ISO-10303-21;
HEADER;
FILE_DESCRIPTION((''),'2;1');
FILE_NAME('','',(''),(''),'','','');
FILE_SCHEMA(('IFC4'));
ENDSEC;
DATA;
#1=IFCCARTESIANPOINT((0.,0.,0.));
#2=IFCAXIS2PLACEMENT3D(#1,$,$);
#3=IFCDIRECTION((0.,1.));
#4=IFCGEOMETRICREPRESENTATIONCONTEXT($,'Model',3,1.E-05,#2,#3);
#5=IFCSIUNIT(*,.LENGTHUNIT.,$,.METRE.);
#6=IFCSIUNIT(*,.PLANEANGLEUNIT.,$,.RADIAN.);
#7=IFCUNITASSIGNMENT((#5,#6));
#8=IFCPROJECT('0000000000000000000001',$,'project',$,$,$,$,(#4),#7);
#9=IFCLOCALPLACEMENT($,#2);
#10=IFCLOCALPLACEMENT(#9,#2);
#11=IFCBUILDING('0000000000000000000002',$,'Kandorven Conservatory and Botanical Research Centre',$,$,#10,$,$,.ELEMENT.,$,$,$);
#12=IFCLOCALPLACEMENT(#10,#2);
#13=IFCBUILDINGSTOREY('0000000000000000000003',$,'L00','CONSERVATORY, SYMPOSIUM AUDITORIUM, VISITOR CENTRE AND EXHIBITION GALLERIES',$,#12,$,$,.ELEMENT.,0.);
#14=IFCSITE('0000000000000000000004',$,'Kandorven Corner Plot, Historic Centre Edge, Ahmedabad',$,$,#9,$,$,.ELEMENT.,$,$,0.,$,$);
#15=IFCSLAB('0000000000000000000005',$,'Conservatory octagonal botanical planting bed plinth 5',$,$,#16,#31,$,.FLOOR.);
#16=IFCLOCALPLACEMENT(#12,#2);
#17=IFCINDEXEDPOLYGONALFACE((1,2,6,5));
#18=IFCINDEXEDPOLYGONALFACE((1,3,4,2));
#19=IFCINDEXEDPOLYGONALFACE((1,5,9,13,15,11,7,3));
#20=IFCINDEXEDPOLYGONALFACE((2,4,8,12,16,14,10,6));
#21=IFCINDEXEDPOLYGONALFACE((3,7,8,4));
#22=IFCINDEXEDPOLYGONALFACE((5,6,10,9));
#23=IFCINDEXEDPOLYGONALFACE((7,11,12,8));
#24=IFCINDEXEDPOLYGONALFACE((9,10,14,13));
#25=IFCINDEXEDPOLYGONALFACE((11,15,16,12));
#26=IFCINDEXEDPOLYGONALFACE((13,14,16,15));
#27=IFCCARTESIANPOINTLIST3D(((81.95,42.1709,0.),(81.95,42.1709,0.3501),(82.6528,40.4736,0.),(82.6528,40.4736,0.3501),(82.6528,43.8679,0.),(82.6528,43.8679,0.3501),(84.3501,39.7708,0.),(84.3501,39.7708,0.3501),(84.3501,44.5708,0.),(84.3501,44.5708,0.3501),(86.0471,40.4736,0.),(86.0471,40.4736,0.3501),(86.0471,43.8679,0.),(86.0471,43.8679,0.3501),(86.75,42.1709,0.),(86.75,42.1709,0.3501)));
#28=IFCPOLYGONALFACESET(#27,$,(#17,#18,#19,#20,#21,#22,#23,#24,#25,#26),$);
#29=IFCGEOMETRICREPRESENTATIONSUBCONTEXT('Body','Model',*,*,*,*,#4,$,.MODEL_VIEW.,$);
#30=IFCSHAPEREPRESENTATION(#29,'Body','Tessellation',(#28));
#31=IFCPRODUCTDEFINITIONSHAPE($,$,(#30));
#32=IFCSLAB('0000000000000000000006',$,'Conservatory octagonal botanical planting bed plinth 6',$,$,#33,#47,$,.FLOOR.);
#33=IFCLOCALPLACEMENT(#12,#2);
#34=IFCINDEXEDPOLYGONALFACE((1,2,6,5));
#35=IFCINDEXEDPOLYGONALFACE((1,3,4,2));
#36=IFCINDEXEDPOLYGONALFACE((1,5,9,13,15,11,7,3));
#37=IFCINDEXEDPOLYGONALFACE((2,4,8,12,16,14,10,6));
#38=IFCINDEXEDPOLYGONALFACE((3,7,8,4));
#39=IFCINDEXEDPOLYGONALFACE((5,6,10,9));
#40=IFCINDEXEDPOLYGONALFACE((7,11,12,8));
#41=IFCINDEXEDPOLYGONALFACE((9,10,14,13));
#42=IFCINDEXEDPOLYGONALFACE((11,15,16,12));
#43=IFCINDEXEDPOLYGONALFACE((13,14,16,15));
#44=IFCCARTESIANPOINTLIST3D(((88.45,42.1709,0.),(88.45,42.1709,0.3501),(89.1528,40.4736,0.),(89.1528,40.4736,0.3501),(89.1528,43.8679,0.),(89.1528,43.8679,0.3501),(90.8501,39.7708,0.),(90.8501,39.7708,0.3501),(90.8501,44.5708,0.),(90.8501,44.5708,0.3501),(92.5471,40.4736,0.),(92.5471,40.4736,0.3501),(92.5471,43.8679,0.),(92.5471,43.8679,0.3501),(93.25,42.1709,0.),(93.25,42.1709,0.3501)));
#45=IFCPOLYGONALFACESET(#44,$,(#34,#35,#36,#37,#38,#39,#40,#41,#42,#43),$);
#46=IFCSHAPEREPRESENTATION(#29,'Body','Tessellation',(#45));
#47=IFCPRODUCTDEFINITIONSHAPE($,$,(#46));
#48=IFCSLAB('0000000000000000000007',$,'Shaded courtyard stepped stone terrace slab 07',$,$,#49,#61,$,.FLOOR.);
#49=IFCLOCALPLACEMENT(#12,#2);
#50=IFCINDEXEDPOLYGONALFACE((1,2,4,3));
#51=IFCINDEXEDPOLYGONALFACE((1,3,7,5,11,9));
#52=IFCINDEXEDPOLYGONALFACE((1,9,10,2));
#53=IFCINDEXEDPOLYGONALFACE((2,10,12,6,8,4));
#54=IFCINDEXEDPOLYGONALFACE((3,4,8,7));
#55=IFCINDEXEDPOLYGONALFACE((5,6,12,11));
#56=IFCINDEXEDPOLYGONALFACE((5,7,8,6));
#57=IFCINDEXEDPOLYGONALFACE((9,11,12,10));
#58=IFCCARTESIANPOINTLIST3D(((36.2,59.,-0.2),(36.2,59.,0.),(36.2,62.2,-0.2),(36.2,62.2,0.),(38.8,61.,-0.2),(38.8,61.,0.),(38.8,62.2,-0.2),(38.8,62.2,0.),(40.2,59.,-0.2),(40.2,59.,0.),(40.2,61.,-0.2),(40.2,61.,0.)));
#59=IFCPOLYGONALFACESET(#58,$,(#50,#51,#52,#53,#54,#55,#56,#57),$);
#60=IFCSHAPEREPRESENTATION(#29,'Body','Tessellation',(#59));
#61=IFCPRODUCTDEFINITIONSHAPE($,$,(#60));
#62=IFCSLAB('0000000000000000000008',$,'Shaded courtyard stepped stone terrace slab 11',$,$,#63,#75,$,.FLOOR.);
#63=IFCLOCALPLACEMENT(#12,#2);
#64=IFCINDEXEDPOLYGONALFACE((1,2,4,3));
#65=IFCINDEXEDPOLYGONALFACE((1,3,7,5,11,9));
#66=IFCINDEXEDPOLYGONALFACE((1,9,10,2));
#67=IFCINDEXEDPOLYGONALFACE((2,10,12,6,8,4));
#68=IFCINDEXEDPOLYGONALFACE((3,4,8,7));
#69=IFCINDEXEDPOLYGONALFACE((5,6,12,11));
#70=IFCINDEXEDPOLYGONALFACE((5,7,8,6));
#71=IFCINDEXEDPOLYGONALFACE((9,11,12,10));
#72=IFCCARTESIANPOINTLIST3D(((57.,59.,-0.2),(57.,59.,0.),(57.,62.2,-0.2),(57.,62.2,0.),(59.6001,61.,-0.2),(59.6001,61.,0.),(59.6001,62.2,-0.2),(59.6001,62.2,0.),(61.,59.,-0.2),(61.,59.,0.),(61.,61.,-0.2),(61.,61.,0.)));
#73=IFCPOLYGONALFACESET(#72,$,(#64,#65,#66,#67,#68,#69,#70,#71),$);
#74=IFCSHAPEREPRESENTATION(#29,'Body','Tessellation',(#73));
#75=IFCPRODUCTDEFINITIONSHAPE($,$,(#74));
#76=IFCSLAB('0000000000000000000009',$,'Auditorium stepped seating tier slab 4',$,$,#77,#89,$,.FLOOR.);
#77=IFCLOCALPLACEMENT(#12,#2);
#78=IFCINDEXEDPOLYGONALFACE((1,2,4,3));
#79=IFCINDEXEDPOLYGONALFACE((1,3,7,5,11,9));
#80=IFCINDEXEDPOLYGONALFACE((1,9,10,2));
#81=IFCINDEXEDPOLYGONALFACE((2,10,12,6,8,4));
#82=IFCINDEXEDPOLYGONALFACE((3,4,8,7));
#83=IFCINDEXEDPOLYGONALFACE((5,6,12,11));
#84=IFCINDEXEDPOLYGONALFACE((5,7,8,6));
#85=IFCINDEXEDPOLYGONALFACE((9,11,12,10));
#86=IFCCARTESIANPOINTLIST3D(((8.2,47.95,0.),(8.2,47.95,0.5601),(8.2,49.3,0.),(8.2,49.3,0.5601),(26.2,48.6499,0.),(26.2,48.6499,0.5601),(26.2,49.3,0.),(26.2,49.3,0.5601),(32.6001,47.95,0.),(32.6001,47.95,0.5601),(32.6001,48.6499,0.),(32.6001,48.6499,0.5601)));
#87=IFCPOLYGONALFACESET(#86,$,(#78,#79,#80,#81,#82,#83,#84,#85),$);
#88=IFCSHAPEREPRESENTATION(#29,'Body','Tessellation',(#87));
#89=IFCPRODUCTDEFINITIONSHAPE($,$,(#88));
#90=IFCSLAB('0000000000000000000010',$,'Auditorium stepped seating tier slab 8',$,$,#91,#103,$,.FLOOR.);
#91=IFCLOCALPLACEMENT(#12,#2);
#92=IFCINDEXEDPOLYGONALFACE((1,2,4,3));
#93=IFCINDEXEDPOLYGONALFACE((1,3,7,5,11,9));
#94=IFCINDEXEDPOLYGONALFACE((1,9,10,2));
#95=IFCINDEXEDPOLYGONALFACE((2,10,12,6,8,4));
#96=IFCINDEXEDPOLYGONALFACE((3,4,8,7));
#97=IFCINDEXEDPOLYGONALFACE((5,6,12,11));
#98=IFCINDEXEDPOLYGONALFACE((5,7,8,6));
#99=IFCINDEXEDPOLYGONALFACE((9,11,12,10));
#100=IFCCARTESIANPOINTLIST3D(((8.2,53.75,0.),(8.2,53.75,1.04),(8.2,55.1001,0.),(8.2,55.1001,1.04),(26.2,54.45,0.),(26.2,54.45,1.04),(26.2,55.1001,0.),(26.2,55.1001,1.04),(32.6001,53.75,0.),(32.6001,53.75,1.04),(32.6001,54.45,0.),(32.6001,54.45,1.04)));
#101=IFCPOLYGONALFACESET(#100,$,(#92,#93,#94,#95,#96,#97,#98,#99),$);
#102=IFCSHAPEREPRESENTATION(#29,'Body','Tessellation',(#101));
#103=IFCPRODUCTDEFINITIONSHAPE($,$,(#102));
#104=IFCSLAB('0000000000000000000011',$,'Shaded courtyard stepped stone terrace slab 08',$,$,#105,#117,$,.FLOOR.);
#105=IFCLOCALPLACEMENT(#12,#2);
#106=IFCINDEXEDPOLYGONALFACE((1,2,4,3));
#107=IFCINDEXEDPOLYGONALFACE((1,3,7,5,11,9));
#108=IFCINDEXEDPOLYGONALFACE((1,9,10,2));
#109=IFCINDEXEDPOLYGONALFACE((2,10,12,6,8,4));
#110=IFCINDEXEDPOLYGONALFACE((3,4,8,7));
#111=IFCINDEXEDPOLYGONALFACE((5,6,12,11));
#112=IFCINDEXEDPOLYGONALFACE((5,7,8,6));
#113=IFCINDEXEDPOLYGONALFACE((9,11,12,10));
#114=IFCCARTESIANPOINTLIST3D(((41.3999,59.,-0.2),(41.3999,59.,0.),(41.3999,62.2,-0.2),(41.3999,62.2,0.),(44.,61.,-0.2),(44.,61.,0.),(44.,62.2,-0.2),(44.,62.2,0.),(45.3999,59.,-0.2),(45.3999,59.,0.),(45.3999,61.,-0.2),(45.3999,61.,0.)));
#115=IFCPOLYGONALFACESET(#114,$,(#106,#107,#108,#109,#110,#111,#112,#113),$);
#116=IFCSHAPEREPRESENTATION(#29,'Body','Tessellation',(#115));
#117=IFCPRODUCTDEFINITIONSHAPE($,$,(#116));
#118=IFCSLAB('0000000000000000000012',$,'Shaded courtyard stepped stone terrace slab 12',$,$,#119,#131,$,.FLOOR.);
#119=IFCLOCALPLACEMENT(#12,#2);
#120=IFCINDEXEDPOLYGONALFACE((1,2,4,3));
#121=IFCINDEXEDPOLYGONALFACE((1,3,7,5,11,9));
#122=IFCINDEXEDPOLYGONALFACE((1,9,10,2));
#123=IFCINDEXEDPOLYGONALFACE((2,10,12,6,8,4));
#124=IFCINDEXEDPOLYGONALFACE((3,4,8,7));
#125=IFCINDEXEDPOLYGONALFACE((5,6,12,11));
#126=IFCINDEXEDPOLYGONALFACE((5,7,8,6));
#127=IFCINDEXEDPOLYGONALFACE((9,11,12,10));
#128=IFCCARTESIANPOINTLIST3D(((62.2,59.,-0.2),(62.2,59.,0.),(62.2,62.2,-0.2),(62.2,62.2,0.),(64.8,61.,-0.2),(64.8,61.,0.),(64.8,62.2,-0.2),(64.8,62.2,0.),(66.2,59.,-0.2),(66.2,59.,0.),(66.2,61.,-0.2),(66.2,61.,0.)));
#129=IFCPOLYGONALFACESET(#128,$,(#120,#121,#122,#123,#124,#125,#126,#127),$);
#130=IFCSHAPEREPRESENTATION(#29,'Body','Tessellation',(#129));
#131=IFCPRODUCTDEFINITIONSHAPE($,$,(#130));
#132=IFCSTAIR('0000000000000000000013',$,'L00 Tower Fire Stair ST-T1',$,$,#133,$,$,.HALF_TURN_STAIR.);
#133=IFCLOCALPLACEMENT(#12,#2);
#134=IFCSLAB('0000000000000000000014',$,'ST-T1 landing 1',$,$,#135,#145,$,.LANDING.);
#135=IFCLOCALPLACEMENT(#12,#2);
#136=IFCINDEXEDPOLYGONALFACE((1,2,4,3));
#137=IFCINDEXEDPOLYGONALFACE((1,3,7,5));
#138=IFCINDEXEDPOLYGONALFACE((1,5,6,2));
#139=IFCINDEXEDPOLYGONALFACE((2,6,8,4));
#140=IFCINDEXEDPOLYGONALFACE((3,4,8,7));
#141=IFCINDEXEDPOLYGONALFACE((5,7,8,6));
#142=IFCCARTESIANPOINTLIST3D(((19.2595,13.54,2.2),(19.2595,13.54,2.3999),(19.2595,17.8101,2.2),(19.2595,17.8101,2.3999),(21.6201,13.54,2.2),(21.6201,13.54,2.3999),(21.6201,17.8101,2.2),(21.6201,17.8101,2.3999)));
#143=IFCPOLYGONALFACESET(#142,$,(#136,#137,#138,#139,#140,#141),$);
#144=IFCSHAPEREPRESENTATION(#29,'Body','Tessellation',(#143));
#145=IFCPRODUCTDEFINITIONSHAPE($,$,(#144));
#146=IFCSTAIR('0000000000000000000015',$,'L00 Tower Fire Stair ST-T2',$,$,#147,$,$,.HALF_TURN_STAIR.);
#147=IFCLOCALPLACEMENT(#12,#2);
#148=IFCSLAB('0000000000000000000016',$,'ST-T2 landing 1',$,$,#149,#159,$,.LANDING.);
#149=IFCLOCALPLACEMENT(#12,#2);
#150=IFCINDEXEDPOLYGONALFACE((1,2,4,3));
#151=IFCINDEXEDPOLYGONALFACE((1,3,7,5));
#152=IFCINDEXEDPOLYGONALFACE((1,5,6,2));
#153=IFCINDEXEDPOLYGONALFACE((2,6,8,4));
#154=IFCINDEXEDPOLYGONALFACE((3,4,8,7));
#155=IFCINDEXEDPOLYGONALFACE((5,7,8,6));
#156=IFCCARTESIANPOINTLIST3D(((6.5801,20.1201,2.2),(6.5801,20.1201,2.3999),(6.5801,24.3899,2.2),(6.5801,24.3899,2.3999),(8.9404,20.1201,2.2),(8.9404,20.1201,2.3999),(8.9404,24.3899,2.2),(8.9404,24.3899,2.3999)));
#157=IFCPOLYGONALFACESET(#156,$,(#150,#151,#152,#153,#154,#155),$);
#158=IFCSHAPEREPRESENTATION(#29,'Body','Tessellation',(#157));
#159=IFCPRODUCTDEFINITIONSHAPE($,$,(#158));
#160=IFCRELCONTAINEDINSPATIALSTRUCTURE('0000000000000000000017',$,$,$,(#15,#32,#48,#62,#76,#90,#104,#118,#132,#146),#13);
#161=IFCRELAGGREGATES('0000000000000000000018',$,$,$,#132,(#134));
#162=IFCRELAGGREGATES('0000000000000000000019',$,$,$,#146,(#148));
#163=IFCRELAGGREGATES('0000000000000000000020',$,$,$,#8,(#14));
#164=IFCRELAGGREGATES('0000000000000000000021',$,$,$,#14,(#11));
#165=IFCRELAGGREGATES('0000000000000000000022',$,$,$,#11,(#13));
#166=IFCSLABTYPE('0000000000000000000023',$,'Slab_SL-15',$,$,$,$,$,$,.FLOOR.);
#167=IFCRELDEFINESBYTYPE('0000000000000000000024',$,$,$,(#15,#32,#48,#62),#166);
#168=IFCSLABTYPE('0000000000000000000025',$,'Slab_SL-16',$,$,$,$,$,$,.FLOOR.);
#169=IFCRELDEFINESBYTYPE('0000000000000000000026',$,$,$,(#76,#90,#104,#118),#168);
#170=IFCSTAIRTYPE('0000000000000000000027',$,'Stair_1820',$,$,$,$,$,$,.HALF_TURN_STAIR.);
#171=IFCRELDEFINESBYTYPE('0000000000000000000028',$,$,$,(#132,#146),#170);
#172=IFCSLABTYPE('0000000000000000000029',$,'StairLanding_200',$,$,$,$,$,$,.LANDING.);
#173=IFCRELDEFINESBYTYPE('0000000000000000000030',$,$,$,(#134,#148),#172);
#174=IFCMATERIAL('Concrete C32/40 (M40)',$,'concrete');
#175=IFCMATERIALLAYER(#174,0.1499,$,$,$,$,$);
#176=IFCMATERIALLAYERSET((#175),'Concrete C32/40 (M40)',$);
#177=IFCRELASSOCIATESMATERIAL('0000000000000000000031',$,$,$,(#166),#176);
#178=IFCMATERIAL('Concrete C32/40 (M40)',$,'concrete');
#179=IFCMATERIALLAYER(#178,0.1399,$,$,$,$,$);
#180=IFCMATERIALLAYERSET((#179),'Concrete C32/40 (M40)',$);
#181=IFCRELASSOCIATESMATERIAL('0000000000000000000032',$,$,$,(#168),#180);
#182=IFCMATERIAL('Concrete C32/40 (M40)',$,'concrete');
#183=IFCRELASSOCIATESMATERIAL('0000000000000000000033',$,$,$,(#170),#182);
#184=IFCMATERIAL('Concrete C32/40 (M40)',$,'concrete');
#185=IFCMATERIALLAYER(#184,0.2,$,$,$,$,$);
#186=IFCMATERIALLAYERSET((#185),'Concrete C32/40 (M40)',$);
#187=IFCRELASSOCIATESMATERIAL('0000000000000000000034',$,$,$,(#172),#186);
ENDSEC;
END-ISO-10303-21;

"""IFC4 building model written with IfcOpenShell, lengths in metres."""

from ifc_helpers import new_model, si_unit, direction, frame, origin, place, context, subcontext, project, spatial, polyline, outline, extrude, material, layer, layer_set, type_object, element, aggregate, save


model = new_model("IFC4")

# Units and contexts
model_context = context("Model", 3, precision=1e-05, world=origin(), true_north=direction((0.0, 1.0)))
body_context = subcontext(model_context, "Body", "Model", "MODEL_VIEW")
ifc_project = project(units=[si_unit("LENGTHUNIT", "METRE"), si_unit("PLANEANGLEUNIT", "RADIAN")], contexts=[model_context])

# Site, building, storey
site_placement = place(None, origin())
site = spatial("IfcSite", under=ifc_project, at=site_placement, Name="Kandorven Corner Plot, Historic Centre Edge, Ahmedabad", CompositionType="ELEMENT", RefElevation=0.0)
building_placement = place(site_placement, origin())
building = spatial("IfcBuilding", under=site, at=building_placement, Name="Kandorven Conservatory and Botanical Research Centre", CompositionType="ELEMENT")
storey_placement = place(building_placement, origin())
storey = spatial("IfcBuildingStorey", under=building, at=storey_placement, Name="L00", Description="CONSERVATORY, SYMPOSIUM AUDITORIUM, VISITOR CENTRE AND EXHIBITION GALLERIES", CompositionType="ELEMENT", Elevation=0.0)

# Slabs
ifc_material_1 = material(Name="Concrete C32/40 (M40)", Category="concrete")
ifc_layer_1 = layer(ifc_material_1, 0.1499)
ifc_layer_set_1 = layer_set([ifc_layer_1], Name="Concrete C32/40 (M40)")
slab_type_1 = type_object("IfcSlabType", Name="Slab_SL-15", PredefinedType="FLOOR", material=ifc_layer_set_1)
slab_1_placement = place(storey_placement, origin())
element("IfcSlab", 1, at=slab_1_placement, inside=storey, type_object=slab_type_1, Name="Conservatory octagonal botanical planting bed plinth 5", PredefinedType="FLOOR", context=body_context, shape_type="SweptSolid", body=[
    extrude(outline(polyline([(86.75, 42.1709), (86.0471, 43.8679), (84.3501, 44.5708), (82.6528, 43.8679), (81.95, 42.1709), (82.6528, 40.4736), (84.3501, 39.7708), (86.0471, 40.4736), (86.75, 42.1709)])), origin(), (0.0, 0.0, 1.0), 0.3501),
])
slab_2_placement = place(storey_placement, origin())
element("IfcSlab", 2, at=slab_2_placement, inside=storey, type_object=slab_type_1, Name="Conservatory octagonal botanical planting bed plinth 6", PredefinedType="FLOOR", context=body_context, shape_type="SweptSolid", body=[
    extrude(outline(polyline([(93.25, 42.1709), (92.5471, 43.8679), (90.8501, 44.5708), (89.1528, 43.8679), (88.45, 42.1709), (89.1528, 40.4736), (90.8501, 39.7708), (92.5471, 40.4736), (93.25, 42.1709)])), origin(), (0.0, 0.0, 1.0), 0.3501),
])
slab_3_placement = place(storey_placement, frame((0.0, 0.0, -0.2)))
element("IfcSlab", 3, at=slab_3_placement, inside=storey, type_object=slab_type_1, Name="Shaded courtyard stepped stone terrace slab 07", PredefinedType="FLOOR", context=body_context, shape_type="SweptSolid", body=[
    extrude(outline(polyline([(36.2, 59.0), (40.2, 59.0), (40.2, 61.0), (38.8, 61.0), (38.8, 62.2), (36.2, 62.2), (36.2, 59.0)])), origin(), (0.0, 0.0, 1.0), 0.2),
])
slab_4_placement = place(storey_placement, frame((0.0, 0.0, -0.2)))
element("IfcSlab", 4, at=slab_4_placement, inside=storey, type_object=slab_type_1, Name="Shaded courtyard stepped stone terrace slab 11", PredefinedType="FLOOR", context=body_context, shape_type="SweptSolid", body=[
    extrude(outline(polyline([(57.0, 59.0), (61.0, 59.0), (61.0, 61.0), (59.6001, 61.0), (59.6001, 62.2), (57.0, 62.2), (57.0, 59.0)])), origin(), (0.0, 0.0, 1.0), 0.2),
])
ifc_material_2 = material(Name="Concrete C32/40 (M40)", Category="concrete")
ifc_layer_2 = layer(ifc_material_2, 0.1399)
ifc_layer_set_2 = layer_set([ifc_layer_2], Name="Concrete C32/40 (M40)")
slab_type_2 = type_object("IfcSlabType", Name="Slab_SL-16", PredefinedType="FLOOR", material=ifc_layer_set_2)
slab_5_placement = place(storey_placement, origin())
element("IfcSlab", 5, at=slab_5_placement, inside=storey, type_object=slab_type_2, Name="Auditorium stepped seating tier slab 4", PredefinedType="FLOOR", context=body_context, shape_type="SweptSolid", body=[
    extrude(outline(polyline([(8.2, 47.95), (32.6001, 47.95), (32.6001, 48.6499), (26.2, 48.6499), (26.2, 49.3), (8.2, 49.3), (8.2, 47.95)])), origin(), (0.0, 0.0, 1.0), 0.5601),
])
slab_6_placement = place(storey_placement, origin())
element("IfcSlab", 6, at=slab_6_placement, inside=storey, type_object=slab_type_2, Name="Auditorium stepped seating tier slab 8", PredefinedType="FLOOR", context=body_context, shape_type="SweptSolid", body=[
    extrude(outline(polyline([(8.2, 53.75), (32.6001, 53.75), (32.6001, 54.45), (26.2, 54.45), (26.2, 55.1001), (8.2, 55.1001), (8.2, 53.75)])), origin(), (0.0, 0.0, 1.0), 1.04),
])
slab_7_placement = place(storey_placement, frame((0.0, 0.0, -0.2)))
element("IfcSlab", 7, at=slab_7_placement, inside=storey, type_object=slab_type_2, Name="Shaded courtyard stepped stone terrace slab 08", PredefinedType="FLOOR", context=body_context, shape_type="SweptSolid", body=[
    extrude(outline(polyline([(41.3999, 59.0), (45.3999, 59.0), (45.3999, 61.0), (44.0, 61.0), (44.0, 62.2), (41.3999, 62.2), (41.3999, 59.0)])), origin(), (0.0, 0.0, 1.0), 0.2),
])
slab_8_placement = place(storey_placement, frame((0.0, 0.0, -0.2)))
element("IfcSlab", 8, at=slab_8_placement, inside=storey, type_object=slab_type_2, Name="Shaded courtyard stepped stone terrace slab 12", PredefinedType="FLOOR", context=body_context, shape_type="SweptSolid", body=[
    extrude(outline(polyline([(62.2, 59.0), (66.2, 59.0), (66.2, 61.0), (64.8, 61.0), (64.8, 62.2), (62.2, 62.2), (62.2, 59.0)])), origin(), (0.0, 0.0, 1.0), 0.2),
])

# Stairs, slabs
ifc_material_3 = material(Name="Concrete C32/40 (M40)", Category="concrete")
stair_type = type_object("IfcStairType", Name="Stair_1820", PredefinedType="HALF_TURN_STAIR", material=ifc_material_3)
stair_1_placement = place(storey_placement, origin())
stair_1 = element("IfcStair", 9, at=stair_1_placement, inside=storey, type_object=stair_type, Name="L00 Tower Fire Stair ST-T1", PredefinedType="HALF_TURN_STAIR")
ifc_material_4 = material(Name="Concrete C32/40 (M40)", Category="concrete")
ifc_layer_3 = layer(ifc_material_4, 0.2)
ifc_layer_set_3 = layer_set([ifc_layer_3], Name="Concrete C32/40 (M40)")
slab_type_3 = type_object("IfcSlabType", Name="StairLanding_200", PredefinedType="LANDING", material=ifc_layer_set_3)
slab_9_placement = place(storey_placement, frame((0.0, 0.0, 2.2)))
slab_9 = element("IfcSlab", 10, at=slab_9_placement, type_object=slab_type_3, Name="ST-T1 landing 1", PredefinedType="LANDING", context=body_context, shape_type="SweptSolid", body=[
    extrude(outline(polyline([(19.2595, 13.54), (21.6201, 13.54), (21.6201, 17.8101), (19.2595, 17.8101), (19.2595, 13.54)])), origin(), (0.0, 0.0, 1.0), 0.2),
])
aggregate(stair_1, [slab_9])
stair_2_placement = place(storey_placement, origin())
stair_2 = element("IfcStair", 11, at=stair_2_placement, inside=storey, type_object=stair_type, Name="L00 Tower Fire Stair ST-T2", PredefinedType="HALF_TURN_STAIR")
slab_10_placement = place(storey_placement, frame((0.0, 0.0, 2.2)))
slab_10 = element("IfcSlab", 12, at=slab_10_placement, type_object=slab_type_3, Name="ST-T2 landing 1", PredefinedType="LANDING", context=body_context, shape_type="SweptSolid", body=[
    extrude(outline(polyline([(8.9404, 24.3899), (6.5801, 24.3899), (6.5801, 20.1201), (8.9404, 20.1201), (8.9404, 24.3899)])), origin(), (0.0, 0.0, 1.0), 0.2),
])
aggregate(stair_2, [slab_10])

save(model, "model.ifc")
